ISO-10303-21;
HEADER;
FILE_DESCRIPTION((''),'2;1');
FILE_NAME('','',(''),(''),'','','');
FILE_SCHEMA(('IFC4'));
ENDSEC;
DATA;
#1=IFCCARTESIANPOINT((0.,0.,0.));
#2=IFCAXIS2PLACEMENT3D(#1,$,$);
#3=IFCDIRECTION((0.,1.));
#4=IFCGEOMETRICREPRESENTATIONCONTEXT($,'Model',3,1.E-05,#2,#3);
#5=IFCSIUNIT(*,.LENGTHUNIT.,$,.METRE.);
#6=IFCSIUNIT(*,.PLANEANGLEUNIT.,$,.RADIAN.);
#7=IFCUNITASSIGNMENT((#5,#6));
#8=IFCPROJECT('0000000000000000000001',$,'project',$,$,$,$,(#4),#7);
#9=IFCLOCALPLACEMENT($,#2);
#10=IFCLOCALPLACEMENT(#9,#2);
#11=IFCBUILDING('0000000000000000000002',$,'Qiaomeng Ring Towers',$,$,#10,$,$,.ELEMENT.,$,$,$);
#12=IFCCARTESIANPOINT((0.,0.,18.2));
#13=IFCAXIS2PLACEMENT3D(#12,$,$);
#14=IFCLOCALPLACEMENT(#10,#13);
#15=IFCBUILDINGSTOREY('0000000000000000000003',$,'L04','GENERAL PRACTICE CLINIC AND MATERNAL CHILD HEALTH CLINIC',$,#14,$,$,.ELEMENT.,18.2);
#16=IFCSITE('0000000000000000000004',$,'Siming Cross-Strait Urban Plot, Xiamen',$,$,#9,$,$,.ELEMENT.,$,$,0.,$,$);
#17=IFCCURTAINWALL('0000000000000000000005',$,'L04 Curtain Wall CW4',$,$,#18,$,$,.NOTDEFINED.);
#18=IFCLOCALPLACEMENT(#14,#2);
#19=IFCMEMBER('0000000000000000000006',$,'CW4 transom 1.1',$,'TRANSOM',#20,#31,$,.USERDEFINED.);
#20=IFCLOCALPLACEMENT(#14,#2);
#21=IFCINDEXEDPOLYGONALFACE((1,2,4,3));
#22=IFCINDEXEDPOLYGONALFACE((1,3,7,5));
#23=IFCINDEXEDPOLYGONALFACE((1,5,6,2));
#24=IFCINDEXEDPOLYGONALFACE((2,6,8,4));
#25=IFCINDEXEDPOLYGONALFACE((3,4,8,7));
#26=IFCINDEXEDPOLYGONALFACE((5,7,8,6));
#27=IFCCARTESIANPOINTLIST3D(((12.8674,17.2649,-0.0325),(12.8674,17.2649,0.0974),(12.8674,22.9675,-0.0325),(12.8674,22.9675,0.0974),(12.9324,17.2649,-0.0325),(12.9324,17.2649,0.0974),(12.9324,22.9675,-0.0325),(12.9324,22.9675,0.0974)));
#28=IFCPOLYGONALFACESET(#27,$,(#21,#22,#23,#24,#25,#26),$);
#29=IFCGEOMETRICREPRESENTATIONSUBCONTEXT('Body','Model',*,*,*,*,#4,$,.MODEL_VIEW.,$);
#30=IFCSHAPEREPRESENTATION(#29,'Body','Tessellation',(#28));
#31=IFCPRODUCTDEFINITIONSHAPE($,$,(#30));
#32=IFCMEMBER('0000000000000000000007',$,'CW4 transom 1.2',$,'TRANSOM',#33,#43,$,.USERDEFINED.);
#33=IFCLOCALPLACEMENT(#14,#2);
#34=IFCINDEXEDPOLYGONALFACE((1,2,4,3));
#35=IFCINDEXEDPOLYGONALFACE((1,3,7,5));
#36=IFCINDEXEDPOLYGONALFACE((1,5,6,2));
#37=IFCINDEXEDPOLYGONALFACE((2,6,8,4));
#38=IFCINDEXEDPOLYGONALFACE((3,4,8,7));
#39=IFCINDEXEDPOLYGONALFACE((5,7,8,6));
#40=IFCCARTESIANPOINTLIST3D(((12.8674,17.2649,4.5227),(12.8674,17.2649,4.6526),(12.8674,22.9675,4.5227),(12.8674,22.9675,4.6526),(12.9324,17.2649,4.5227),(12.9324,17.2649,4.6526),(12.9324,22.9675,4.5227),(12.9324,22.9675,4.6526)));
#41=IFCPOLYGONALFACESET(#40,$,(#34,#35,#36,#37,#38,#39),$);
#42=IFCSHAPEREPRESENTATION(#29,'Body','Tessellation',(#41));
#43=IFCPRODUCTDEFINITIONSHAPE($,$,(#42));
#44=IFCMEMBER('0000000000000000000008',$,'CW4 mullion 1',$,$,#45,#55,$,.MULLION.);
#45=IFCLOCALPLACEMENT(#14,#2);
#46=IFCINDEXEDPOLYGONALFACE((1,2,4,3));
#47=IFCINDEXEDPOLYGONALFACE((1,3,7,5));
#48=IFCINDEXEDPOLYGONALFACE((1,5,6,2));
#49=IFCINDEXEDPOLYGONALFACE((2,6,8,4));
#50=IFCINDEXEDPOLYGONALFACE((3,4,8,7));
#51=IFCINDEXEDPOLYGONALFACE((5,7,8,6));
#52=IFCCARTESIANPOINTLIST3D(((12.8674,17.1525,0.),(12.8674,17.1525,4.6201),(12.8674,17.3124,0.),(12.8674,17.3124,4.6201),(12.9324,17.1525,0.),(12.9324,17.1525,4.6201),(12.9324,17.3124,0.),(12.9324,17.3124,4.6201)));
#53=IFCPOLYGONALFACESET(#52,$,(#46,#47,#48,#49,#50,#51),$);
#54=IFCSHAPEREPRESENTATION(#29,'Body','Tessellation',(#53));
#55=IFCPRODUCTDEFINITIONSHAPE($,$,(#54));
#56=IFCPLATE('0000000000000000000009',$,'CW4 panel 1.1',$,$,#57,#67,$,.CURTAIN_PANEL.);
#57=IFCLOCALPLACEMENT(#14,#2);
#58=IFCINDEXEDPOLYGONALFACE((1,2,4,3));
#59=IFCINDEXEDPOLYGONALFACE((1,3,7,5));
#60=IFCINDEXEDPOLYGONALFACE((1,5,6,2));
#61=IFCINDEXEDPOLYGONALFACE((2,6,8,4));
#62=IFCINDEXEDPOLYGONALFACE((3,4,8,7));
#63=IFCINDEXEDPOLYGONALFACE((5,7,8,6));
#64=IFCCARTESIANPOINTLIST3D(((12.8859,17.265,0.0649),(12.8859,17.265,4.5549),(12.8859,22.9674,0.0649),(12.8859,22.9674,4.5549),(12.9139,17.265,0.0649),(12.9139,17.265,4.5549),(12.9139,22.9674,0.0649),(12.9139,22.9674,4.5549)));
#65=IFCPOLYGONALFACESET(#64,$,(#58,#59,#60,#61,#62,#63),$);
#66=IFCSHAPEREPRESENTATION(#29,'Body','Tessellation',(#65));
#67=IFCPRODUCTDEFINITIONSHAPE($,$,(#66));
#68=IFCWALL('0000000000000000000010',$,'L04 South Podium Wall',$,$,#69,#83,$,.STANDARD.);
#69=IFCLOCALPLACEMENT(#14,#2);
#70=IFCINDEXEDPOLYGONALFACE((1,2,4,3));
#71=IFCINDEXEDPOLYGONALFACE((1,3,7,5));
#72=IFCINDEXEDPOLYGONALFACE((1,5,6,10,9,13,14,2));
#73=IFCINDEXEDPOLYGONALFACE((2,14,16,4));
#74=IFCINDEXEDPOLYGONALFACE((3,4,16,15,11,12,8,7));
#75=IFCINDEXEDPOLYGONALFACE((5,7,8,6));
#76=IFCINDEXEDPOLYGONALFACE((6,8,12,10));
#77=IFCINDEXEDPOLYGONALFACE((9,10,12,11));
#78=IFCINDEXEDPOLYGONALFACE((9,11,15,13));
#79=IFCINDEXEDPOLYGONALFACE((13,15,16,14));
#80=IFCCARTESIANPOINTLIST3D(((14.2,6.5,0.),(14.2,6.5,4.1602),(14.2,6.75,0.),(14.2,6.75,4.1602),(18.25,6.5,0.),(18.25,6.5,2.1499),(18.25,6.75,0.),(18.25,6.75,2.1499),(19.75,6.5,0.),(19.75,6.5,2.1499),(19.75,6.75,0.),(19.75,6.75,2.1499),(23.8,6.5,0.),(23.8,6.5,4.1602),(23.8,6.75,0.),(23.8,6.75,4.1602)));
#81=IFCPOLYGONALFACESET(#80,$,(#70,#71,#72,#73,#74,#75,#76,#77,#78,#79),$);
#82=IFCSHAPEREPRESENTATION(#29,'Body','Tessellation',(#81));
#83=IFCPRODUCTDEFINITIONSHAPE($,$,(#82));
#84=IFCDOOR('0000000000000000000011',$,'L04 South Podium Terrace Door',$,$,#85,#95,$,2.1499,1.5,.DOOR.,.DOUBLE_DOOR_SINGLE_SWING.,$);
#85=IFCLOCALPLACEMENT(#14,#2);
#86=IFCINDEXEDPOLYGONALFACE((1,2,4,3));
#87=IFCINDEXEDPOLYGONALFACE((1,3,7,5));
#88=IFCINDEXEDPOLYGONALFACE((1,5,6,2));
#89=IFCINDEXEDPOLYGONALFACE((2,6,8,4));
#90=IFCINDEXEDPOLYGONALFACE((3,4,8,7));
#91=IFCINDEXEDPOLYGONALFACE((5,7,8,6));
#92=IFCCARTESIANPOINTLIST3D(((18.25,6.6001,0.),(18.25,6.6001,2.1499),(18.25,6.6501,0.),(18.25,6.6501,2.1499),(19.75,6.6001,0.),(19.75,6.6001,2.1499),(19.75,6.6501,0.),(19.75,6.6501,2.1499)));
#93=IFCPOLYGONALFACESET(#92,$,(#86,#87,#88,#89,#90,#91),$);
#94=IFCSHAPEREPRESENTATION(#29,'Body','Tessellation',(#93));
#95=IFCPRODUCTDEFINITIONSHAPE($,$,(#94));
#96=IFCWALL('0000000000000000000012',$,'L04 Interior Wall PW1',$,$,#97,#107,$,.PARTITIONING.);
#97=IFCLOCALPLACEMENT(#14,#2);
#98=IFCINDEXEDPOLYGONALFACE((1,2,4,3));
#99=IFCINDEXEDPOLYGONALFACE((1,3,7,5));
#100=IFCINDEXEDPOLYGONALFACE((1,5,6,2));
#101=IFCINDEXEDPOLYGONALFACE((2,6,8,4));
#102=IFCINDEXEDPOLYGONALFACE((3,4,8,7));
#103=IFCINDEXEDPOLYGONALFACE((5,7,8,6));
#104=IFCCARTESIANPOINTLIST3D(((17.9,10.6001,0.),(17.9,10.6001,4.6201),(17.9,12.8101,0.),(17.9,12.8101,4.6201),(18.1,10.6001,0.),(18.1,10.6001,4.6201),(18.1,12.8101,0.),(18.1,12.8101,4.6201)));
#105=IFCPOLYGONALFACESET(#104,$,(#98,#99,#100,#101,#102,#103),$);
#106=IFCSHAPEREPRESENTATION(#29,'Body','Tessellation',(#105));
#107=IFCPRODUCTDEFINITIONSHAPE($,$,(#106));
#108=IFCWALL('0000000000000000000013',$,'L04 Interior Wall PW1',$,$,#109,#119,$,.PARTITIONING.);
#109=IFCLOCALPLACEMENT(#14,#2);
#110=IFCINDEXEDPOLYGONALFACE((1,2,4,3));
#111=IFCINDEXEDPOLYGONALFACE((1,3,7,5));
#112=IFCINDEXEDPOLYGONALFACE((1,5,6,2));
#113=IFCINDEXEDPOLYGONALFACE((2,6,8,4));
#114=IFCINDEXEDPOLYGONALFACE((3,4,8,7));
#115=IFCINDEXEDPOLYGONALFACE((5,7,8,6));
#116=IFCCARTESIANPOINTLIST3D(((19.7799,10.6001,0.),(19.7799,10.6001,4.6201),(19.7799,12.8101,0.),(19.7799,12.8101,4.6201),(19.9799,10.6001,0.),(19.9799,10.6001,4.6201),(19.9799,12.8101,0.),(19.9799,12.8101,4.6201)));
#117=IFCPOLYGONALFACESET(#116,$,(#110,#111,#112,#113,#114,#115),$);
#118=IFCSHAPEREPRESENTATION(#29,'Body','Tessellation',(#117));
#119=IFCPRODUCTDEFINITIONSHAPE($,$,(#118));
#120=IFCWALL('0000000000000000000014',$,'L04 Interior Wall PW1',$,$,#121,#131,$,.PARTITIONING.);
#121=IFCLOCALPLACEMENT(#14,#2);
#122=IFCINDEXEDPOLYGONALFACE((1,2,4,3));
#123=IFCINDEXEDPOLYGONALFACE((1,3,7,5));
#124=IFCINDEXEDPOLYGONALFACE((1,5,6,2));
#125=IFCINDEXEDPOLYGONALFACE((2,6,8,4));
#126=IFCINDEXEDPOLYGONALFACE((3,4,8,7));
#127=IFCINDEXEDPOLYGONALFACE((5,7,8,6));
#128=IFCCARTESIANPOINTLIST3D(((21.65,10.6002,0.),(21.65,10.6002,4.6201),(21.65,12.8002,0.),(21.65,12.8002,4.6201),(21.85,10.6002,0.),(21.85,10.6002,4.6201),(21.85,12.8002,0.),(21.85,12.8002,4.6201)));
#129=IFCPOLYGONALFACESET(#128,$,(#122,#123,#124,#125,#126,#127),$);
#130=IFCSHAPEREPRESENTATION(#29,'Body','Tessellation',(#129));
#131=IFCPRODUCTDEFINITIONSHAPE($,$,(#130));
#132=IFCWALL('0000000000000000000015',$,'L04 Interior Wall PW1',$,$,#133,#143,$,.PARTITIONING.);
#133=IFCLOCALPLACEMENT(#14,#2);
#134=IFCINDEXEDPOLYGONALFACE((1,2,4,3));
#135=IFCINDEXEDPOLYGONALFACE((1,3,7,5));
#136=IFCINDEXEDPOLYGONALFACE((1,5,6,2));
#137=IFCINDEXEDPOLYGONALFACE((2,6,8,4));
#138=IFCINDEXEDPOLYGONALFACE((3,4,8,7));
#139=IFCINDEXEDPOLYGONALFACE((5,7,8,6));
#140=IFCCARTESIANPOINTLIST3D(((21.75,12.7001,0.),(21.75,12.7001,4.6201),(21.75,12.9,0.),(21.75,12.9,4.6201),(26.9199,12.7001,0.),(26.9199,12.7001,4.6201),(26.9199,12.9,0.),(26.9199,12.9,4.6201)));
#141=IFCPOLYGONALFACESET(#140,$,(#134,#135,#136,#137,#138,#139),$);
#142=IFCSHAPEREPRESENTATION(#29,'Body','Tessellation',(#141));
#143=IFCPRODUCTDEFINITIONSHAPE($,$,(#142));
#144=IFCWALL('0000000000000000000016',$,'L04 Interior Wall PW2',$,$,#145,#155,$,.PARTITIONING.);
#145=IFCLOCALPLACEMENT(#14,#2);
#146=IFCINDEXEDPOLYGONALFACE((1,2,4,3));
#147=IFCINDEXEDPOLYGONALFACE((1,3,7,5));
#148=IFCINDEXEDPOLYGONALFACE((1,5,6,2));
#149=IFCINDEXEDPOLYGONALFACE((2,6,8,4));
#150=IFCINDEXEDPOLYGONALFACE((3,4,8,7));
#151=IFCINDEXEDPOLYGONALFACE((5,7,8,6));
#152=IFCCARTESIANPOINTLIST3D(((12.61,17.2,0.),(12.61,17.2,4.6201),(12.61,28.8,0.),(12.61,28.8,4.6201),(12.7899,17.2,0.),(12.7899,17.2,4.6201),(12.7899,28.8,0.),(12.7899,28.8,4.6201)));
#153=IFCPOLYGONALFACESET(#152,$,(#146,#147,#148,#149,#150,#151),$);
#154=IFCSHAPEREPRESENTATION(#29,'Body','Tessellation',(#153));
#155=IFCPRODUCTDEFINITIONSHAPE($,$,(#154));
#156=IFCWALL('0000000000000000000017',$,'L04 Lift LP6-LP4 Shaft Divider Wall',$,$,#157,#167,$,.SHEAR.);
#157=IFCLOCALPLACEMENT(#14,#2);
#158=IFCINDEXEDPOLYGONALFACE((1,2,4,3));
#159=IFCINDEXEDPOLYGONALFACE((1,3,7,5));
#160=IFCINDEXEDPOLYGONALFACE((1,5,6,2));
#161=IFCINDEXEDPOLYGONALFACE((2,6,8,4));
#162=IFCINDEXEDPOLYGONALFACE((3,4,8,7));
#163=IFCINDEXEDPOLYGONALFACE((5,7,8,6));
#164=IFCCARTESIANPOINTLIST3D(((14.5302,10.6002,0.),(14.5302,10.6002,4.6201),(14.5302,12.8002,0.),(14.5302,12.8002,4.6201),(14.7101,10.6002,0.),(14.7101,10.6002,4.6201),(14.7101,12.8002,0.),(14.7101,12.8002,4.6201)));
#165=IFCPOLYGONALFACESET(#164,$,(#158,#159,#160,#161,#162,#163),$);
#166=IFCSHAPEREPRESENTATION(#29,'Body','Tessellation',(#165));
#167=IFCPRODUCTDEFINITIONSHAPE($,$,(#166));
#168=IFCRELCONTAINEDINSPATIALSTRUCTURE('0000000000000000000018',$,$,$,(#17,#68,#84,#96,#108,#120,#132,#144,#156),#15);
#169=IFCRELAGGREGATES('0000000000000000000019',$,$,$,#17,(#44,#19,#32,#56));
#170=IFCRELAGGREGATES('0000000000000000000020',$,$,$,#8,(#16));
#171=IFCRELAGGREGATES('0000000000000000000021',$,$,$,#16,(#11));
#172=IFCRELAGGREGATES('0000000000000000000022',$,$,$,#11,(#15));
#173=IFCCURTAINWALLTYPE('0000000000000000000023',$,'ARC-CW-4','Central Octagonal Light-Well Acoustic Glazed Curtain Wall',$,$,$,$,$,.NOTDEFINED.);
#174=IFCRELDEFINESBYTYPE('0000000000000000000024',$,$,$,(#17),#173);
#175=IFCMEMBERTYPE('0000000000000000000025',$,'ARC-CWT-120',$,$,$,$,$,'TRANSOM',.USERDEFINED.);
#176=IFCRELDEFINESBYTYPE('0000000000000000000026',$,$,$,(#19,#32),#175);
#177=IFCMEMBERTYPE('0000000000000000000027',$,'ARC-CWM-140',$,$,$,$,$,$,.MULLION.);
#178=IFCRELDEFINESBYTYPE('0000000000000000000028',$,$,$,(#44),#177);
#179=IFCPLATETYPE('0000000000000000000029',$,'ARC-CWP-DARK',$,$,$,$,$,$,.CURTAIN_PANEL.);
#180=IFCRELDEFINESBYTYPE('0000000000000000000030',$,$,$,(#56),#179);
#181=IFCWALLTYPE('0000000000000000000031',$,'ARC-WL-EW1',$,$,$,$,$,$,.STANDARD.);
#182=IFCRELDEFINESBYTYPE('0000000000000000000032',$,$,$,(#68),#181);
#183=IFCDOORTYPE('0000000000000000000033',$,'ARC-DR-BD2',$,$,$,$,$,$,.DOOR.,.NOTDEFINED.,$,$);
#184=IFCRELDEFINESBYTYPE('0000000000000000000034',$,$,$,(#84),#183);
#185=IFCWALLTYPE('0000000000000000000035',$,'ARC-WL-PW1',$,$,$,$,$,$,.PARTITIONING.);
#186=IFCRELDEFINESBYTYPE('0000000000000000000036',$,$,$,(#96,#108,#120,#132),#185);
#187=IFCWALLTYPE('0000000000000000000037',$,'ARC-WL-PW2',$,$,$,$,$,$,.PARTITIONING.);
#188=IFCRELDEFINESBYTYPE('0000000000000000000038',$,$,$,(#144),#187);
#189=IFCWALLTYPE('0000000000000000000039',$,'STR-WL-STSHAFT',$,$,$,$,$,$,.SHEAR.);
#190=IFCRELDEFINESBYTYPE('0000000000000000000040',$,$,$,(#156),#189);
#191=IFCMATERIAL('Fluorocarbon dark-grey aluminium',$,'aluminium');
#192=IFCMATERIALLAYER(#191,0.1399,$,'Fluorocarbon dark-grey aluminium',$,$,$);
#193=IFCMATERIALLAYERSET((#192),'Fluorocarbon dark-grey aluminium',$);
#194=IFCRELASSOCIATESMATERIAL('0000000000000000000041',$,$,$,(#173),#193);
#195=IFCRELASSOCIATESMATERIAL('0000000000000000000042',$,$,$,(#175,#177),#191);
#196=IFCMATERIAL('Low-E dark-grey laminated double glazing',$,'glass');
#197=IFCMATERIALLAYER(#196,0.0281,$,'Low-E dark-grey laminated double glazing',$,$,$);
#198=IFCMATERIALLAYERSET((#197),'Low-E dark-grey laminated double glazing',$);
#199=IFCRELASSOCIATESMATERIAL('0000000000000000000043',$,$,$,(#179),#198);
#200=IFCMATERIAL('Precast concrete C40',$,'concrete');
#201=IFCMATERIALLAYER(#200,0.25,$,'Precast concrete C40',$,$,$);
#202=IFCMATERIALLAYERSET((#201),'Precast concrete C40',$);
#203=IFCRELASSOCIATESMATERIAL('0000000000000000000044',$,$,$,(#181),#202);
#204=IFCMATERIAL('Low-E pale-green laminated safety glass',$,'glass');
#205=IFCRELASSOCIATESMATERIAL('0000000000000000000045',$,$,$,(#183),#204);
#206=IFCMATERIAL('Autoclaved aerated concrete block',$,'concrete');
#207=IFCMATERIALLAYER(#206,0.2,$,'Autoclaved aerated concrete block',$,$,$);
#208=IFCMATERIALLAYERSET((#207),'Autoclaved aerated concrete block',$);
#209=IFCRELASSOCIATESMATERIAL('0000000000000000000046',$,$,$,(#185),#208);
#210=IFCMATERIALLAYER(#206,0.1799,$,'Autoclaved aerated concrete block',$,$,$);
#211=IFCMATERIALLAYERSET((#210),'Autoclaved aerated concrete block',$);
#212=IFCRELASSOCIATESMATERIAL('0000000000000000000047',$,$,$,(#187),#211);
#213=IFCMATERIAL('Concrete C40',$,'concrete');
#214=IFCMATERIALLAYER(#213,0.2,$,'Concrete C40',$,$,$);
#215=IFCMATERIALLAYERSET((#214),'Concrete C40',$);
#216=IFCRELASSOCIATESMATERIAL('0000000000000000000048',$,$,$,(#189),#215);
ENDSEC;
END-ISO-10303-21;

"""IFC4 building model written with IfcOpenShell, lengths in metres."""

from ifc_helpers import new_model, si_unit, direction, frame, frame_2d, origin, origin_2d, place, context, subcontext, project, spatial, rectangle, extrude, source, transform, mapped, material, layer, layer_set, material_profile, profile_set, type_object, element, fill, aggregate, save


model = new_model("IFC4")

# Units and contexts
model_context = context("Model", 3, precision=1e-05, world=origin(), true_north=direction((0.0, 1.0)))
body_context = subcontext(model_context, "Body", "Model", "MODEL_VIEW")
ifc_project = project(units=[si_unit("LENGTHUNIT", "METRE"), si_unit("PLANEANGLEUNIT", "RADIAN")], contexts=[model_context])

# Site, building, storey
site_placement = place(None, origin())
site = spatial("IfcSite", under=ifc_project, at=site_placement, Name="Siming Cross-Strait Urban Plot, Xiamen", CompositionType="ELEMENT", RefElevation=0.0)
building_placement = place(site_placement, origin())
building = spatial("IfcBuilding", under=site, at=building_placement, Name="Qiaomeng Ring Towers", CompositionType="ELEMENT")
storey_placement = place(building_placement, frame((0.0, 0.0, 18.2)))
storey = spatial("IfcBuildingStorey", under=building, at=storey_placement, Name="L04", Description="GENERAL PRACTICE CLINIC AND MATERNAL CHILD HEALTH CLINIC", CompositionType="ELEMENT", Elevation=18.2)

# Curtain wall, members, plate
ifc_material_1 = material(Name="Fluorocarbon dark-grey aluminium", Category="aluminium")
ifc_layer_1 = layer(ifc_material_1, 0.1399, Name="Fluorocarbon dark-grey aluminium")
ifc_layer_set_1 = layer_set([ifc_layer_1], Name="Fluorocarbon dark-grey aluminium")
curtain_wall_type = type_object("IfcCurtainWallType", Name="ARC-CW-4", Description="Central Octagonal Light-Well Acoustic Glazed Curtain Wall", PredefinedType="NOTDEFINED", material=ifc_layer_set_1)
curtain_wall_placement = place(storey_placement, origin())
curtain_wall = element("IfcCurtainWall", 1, at=curtain_wall_placement, inside=storey, type_object=curtain_wall_type, Name="L04 Curtain Wall CW4", PredefinedType="NOTDEFINED")
ifc_material_profile_1 = material_profile(ifc_material_1, rectangle(XDim=0.0649, YDim=0.1299, at=origin_2d()), Name="ALU TRAN 65x130")
ifc_profile_set_1 = profile_set([ifc_material_profile_1], Name="Fluorocarbon dark-grey aluminium")
member_type_1 = type_object("IfcMemberType", Name="ARC-CWT-120", ElementType="TRANSOM", PredefinedType="USERDEFINED", material=ifc_profile_set_1)
shared_shape_1 = source(origin(), body_context, "Body", "SweptSolid", [
    extrude(rectangle(XDim=0.0649, YDim=0.1299, at=origin_2d()), origin(), (0.0, 0.0, 1.0), 5.7026),
])
member_1_placement = place(storey_placement, frame((12.8999, 17.2649, 0.0325), z_axis=(0.0, 1.0, 0.0), x_axis=(-1.0, 0.0, 0.0)))
member_1 = element("IfcMember", 2, at=member_1_placement, type_object=member_type_1, Name="CW4 transom 1.1", ObjectType="TRANSOM", PredefinedType="USERDEFINED", context=body_context, shape_type="MappedRepresentation", body=[
    mapped(shared_shape_1, transform((0.0, 0.0, 0.0), x_axis=(1.0, 0.0, 0.0), y_axis=(0.0, 1.0, 0.0), z_axis=(0.0, 0.0, 1.0), scale=1.0)),
])
member_2_placement = place(storey_placement, frame((12.8999, 17.2649, 4.5876), z_axis=(0.0, 1.0, 0.0), x_axis=(-1.0, 0.0, 0.0)))
member_2 = element("IfcMember", 3, at=member_2_placement, type_object=member_type_1, Name="CW4 transom 1.2", ObjectType="TRANSOM", PredefinedType="USERDEFINED", context=body_context, shape_type="MappedRepresentation", body=[
    mapped(shared_shape_1, transform((0.0, 0.0, 0.0), x_axis=(1.0, 0.0, 0.0), y_axis=(0.0, 1.0, 0.0), z_axis=(0.0, 0.0, 1.0), scale=1.0)),
])
ifc_material_profile_2 = material_profile(ifc_material_1, rectangle(XDim=0.0649, YDim=0.1599, at=origin_2d()), Name="ALU MULL 65x160")
ifc_profile_set_2 = profile_set([ifc_material_profile_2], Name="Fluorocarbon dark-grey aluminium")
member_type_2 = type_object("IfcMemberType", Name="ARC-CWM-140", PredefinedType="MULLION", material=ifc_profile_set_2)
shared_shape_2 = source(origin(), body_context, "Body", "SweptSolid", [
    extrude(rectangle(XDim=0.0649, YDim=0.1599, at=origin_2d()), origin(), (0.0, 0.0, 1.0), 4.6201),
])
member_3_placement = place(storey_placement, frame((12.8999, 17.2324, 0.0), z_axis=(0.0, 0.0, 1.0), x_axis=(-1.0, 0.0, 0.0)))
member_3 = element("IfcMember", 4, at=member_3_placement, type_object=member_type_2, Name="CW4 mullion 1", PredefinedType="MULLION", context=body_context, shape_type="MappedRepresentation", body=[
    mapped(shared_shape_2, transform((0.0, 0.0, 0.0), x_axis=(1.0, 0.0, 0.0), y_axis=(0.0, 1.0, 0.0), z_axis=(0.0, 0.0, 1.0), scale=1.0)),
])
ifc_material_2 = material(Name="Low-E dark-grey laminated double glazing", Category="glass")
ifc_layer_2 = layer(ifc_material_2, 0.0281, Name="Low-E dark-grey laminated double glazing")
ifc_layer_set_2 = layer_set([ifc_layer_2], Name="Low-E dark-grey laminated double glazing")
plate_type = type_object("IfcPlateType", Name="ARC-CWP-DARK", PredefinedType="CURTAIN_PANEL", material=ifc_layer_set_2)
shared_shape_3 = source(origin(), body_context, "Body", "SweptSolid", [
    extrude(rectangle(XDim=5.7024, YDim=0.0281, at=origin_2d()), origin(), (0.0, 0.0, 1.0), 4.49),
])
plate_placement = place(storey_placement, frame((12.8999, 20.1162, 0.0649), z_axis=(0.0, 0.0, 1.0), x_axis=(0.0, 1.0, 0.0)))
plate = element("IfcPlate", 5, at=plate_placement, type_object=plate_type, Name="CW4 panel 1.1", PredefinedType="CURTAIN_PANEL", context=body_context, shape_type="MappedRepresentation", body=[
    mapped(shared_shape_3, transform((0.0, 0.0, 0.0), x_axis=(1.0, 0.0, 0.0), y_axis=(0.0, 1.0, 0.0), z_axis=(0.0, 0.0, 1.0), scale=1.0)),
])
aggregate(curtain_wall, [member_3, member_1, member_2, plate])

# Wall, opening, door
ifc_material_3 = material(Name="Precast concrete C40", Category="concrete")
ifc_layer_3 = layer(ifc_material_3, 0.25, Name="Precast concrete C40")
ifc_layer_set_3 = layer_set([ifc_layer_3], Name="Precast concrete C40")
wall_type_1 = type_object("IfcWallType", Name="ARC-WL-EW1", PredefinedType="STANDARD", material=ifc_layer_set_3)
wall_1_placement = place(storey_placement, frame((14.2, 6.625, 0.0), z_axis=(0.0, 0.0, 1.0), x_axis=(1.0, 0.0, 0.0)))
wall_1 = element("IfcWall", 6, at=wall_1_placement, inside=storey, type_object=wall_type_1, Name="L04 South Podium Wall", PredefinedType="STANDARD", context=body_context, shape_type="SweptSolid", body=[
    extrude(rectangle(XDim=9.6001, YDim=0.25, at=frame_2d((4.8, 0.0))), origin(), (0.0, 0.0, 1.0), 4.1602),
])
opening_1_placement = place(wall_1_placement, frame((4.05, 0.0, 0.0)))
opening_1 = element("IfcOpeningElement", 7, at=opening_1_placement, cuts=wall_1, PredefinedType="OPENING", context=body_context, shape_type="SweptSolid", body=[
    extrude(rectangle(XDim=1.5, YDim=2.1499, at=frame_2d((0.75, 1.075))), frame((0.0, 0.135, 0.0), z_axis=(0.0, -1.0, 0.0), x_axis=(1.0, 0.0, 0.0)), (0.0, 0.0, 1.0), 0.27),
])
ifc_material_4 = material(Name="Low-E pale-green laminated safety glass", Category="glass")
door_type_1 = type_object("IfcDoorType", Name="ARC-DR-BD2", OperationType="NOTDEFINED", PredefinedType="DOOR", material=ifc_material_4)
shared_shape_4 = source(origin(), body_context, "Body", "SweptSolid", [
    extrude(rectangle(XDim=1.5, YDim=2.1499, at=frame_2d((0.75, 1.075))), frame((0.0, 0.0249, 0.0), z_axis=(0.0, -1.0, 0.0), x_axis=(1.0, 0.0, 0.0)), (0.0, 0.0, 1.0), 0.05),
])
door_1_placement = place(opening_1_placement, frame((1.5, 0.0, 0.0), z_axis=(0.0, 0.0, 1.0), x_axis=(-1.0, 0.0, 0.0)))
door_1 = element("IfcDoor", 8, at=door_1_placement, inside=storey, type_object=door_type_1, Name="L04 South Podium Terrace Door", OperationType="DOUBLE_DOOR_SINGLE_SWING", OverallHeight=2.1499, OverallWidth=1.5, PredefinedType="DOOR", context=body_context, shape_type="MappedRepresentation", body=[
    mapped(shared_shape_4, transform((0.0, 0.0, 0.0), x_axis=(1.0, 0.0, 0.0), y_axis=(0.0, 1.0, 0.0), z_axis=(0.0, 0.0, 1.0), scale=1.0)),
])
fill(opening_1, door_1)

# Walls
ifc_material_5 = material(Name="Autoclaved aerated concrete block", Category="concrete")
ifc_layer_4 = layer(ifc_material_5, 0.2, Name="Autoclaved aerated concrete block")
ifc_layer_set_4 = layer_set([ifc_layer_4], Name="Autoclaved aerated concrete block")
wall_type_2 = type_object("IfcWallType", Name="ARC-WL-PW1", PredefinedType="PARTITIONING", material=ifc_layer_set_4)
for number, where, z_axis, x_axis, name in (
    (9, (18.0, 10.6001, 0.0), (0.0, 0.0, 1.0), (0.0, 1.0, 0.0), "L04 Interior Wall PW1"),
    (10, (19.8799, 10.6001, 0.0), (0.0, 0.0, 1.0), (0.0, 1.0, 0.0), "L04 Interior Wall PW1"),
):
    element("IfcWall", number, at=place(storey_placement, frame(where, z_axis=z_axis, x_axis=x_axis)), inside=storey, type_object=wall_type_2, Name=name, PredefinedType="PARTITIONING", context=body_context, shape_type="SweptSolid", body=[
        extrude(rectangle(XDim=2.21, YDim=0.2, at=frame_2d((1.105, 0.0))), origin(), (0.0, 0.0, 1.0), 4.6201),
    ])
wall_2_placement = place(storey_placement, frame((21.75, 10.6001, 0.0), z_axis=(0.0, 0.0, 1.0), x_axis=(0.0, 1.0, 0.0)))
element("IfcWall", 11, at=wall_2_placement, inside=storey, type_object=wall_type_2, Name="L04 Interior Wall PW1", PredefinedType="PARTITIONING", context=body_context, shape_type="SweptSolid", body=[
    extrude(rectangle(XDim=2.2, YDim=0.2, at=frame_2d((1.1001, 0.0))), origin(), (0.0, 0.0, 1.0), 4.6201),
])
wall_3_placement = place(storey_placement, frame((21.75, 12.8, 0.0), z_axis=(0.0, 0.0, 1.0), x_axis=(1.0, 0.0, 0.0)))
element("IfcWall", 12, at=wall_3_placement, inside=storey, type_object=wall_type_2, Name="L04 Interior Wall PW1", PredefinedType="PARTITIONING", context=body_context, shape_type="SweptSolid", body=[
    extrude(rectangle(XDim=5.1699, YDim=0.2, at=frame_2d((2.585, 0.0))), origin(), (0.0, 0.0, 1.0), 4.6201),
])
ifc_layer_5 = layer(ifc_material_5, 0.1799, Name="Autoclaved aerated concrete block")
ifc_layer_set_5 = layer_set([ifc_layer_5], Name="Autoclaved aerated concrete block")
wall_type_3 = type_object("IfcWallType", Name="ARC-WL-PW2", PredefinedType="PARTITIONING", material=ifc_layer_set_5)
wall_4_placement = place(storey_placement, frame((12.7, 17.2, 0.0), z_axis=(0.0, 0.0, 1.0), x_axis=(0.0, 1.0, 0.0)))
element("IfcWall", 13, at=wall_4_placement, inside=storey, type_object=wall_type_3, Name="L04 Interior Wall PW2", PredefinedType="PARTITIONING", context=body_context, shape_type="SweptSolid", body=[
    extrude(rectangle(XDim=11.6001, YDim=0.1799, at=frame_2d((5.8, 0.0))), origin(), (0.0, 0.0, 1.0), 4.6201),
])
ifc_material_6 = material(Name="Concrete C40", Category="concrete")
ifc_layer_6 = layer(ifc_material_6, 0.2, Name="Concrete C40")
ifc_layer_set_6 = layer_set([ifc_layer_6], Name="Concrete C40")
wall_type_4 = type_object("IfcWallType", Name="STR-WL-STSHAFT", PredefinedType="SHEAR", material=ifc_layer_set_6)
wall_5_placement = place(storey_placement, frame((14.6201, 10.6001, 0.0), z_axis=(0.0, 0.0, 1.0), x_axis=(0.0, 1.0, 0.0)))
element("IfcWall", 14, at=wall_5_placement, inside=storey, type_object=wall_type_4, Name="L04 Lift LP6-LP4 Shaft Divider Wall", PredefinedType="SHEAR", context=body_context, shape_type="SweptSolid", body=[
    extrude(rectangle(XDim=2.2, YDim=0.1799, at=frame_2d((1.1001, 0.0))), origin(), (0.0, 0.0, 1.0), 4.6201),
])

save(model, "model.ifc")
